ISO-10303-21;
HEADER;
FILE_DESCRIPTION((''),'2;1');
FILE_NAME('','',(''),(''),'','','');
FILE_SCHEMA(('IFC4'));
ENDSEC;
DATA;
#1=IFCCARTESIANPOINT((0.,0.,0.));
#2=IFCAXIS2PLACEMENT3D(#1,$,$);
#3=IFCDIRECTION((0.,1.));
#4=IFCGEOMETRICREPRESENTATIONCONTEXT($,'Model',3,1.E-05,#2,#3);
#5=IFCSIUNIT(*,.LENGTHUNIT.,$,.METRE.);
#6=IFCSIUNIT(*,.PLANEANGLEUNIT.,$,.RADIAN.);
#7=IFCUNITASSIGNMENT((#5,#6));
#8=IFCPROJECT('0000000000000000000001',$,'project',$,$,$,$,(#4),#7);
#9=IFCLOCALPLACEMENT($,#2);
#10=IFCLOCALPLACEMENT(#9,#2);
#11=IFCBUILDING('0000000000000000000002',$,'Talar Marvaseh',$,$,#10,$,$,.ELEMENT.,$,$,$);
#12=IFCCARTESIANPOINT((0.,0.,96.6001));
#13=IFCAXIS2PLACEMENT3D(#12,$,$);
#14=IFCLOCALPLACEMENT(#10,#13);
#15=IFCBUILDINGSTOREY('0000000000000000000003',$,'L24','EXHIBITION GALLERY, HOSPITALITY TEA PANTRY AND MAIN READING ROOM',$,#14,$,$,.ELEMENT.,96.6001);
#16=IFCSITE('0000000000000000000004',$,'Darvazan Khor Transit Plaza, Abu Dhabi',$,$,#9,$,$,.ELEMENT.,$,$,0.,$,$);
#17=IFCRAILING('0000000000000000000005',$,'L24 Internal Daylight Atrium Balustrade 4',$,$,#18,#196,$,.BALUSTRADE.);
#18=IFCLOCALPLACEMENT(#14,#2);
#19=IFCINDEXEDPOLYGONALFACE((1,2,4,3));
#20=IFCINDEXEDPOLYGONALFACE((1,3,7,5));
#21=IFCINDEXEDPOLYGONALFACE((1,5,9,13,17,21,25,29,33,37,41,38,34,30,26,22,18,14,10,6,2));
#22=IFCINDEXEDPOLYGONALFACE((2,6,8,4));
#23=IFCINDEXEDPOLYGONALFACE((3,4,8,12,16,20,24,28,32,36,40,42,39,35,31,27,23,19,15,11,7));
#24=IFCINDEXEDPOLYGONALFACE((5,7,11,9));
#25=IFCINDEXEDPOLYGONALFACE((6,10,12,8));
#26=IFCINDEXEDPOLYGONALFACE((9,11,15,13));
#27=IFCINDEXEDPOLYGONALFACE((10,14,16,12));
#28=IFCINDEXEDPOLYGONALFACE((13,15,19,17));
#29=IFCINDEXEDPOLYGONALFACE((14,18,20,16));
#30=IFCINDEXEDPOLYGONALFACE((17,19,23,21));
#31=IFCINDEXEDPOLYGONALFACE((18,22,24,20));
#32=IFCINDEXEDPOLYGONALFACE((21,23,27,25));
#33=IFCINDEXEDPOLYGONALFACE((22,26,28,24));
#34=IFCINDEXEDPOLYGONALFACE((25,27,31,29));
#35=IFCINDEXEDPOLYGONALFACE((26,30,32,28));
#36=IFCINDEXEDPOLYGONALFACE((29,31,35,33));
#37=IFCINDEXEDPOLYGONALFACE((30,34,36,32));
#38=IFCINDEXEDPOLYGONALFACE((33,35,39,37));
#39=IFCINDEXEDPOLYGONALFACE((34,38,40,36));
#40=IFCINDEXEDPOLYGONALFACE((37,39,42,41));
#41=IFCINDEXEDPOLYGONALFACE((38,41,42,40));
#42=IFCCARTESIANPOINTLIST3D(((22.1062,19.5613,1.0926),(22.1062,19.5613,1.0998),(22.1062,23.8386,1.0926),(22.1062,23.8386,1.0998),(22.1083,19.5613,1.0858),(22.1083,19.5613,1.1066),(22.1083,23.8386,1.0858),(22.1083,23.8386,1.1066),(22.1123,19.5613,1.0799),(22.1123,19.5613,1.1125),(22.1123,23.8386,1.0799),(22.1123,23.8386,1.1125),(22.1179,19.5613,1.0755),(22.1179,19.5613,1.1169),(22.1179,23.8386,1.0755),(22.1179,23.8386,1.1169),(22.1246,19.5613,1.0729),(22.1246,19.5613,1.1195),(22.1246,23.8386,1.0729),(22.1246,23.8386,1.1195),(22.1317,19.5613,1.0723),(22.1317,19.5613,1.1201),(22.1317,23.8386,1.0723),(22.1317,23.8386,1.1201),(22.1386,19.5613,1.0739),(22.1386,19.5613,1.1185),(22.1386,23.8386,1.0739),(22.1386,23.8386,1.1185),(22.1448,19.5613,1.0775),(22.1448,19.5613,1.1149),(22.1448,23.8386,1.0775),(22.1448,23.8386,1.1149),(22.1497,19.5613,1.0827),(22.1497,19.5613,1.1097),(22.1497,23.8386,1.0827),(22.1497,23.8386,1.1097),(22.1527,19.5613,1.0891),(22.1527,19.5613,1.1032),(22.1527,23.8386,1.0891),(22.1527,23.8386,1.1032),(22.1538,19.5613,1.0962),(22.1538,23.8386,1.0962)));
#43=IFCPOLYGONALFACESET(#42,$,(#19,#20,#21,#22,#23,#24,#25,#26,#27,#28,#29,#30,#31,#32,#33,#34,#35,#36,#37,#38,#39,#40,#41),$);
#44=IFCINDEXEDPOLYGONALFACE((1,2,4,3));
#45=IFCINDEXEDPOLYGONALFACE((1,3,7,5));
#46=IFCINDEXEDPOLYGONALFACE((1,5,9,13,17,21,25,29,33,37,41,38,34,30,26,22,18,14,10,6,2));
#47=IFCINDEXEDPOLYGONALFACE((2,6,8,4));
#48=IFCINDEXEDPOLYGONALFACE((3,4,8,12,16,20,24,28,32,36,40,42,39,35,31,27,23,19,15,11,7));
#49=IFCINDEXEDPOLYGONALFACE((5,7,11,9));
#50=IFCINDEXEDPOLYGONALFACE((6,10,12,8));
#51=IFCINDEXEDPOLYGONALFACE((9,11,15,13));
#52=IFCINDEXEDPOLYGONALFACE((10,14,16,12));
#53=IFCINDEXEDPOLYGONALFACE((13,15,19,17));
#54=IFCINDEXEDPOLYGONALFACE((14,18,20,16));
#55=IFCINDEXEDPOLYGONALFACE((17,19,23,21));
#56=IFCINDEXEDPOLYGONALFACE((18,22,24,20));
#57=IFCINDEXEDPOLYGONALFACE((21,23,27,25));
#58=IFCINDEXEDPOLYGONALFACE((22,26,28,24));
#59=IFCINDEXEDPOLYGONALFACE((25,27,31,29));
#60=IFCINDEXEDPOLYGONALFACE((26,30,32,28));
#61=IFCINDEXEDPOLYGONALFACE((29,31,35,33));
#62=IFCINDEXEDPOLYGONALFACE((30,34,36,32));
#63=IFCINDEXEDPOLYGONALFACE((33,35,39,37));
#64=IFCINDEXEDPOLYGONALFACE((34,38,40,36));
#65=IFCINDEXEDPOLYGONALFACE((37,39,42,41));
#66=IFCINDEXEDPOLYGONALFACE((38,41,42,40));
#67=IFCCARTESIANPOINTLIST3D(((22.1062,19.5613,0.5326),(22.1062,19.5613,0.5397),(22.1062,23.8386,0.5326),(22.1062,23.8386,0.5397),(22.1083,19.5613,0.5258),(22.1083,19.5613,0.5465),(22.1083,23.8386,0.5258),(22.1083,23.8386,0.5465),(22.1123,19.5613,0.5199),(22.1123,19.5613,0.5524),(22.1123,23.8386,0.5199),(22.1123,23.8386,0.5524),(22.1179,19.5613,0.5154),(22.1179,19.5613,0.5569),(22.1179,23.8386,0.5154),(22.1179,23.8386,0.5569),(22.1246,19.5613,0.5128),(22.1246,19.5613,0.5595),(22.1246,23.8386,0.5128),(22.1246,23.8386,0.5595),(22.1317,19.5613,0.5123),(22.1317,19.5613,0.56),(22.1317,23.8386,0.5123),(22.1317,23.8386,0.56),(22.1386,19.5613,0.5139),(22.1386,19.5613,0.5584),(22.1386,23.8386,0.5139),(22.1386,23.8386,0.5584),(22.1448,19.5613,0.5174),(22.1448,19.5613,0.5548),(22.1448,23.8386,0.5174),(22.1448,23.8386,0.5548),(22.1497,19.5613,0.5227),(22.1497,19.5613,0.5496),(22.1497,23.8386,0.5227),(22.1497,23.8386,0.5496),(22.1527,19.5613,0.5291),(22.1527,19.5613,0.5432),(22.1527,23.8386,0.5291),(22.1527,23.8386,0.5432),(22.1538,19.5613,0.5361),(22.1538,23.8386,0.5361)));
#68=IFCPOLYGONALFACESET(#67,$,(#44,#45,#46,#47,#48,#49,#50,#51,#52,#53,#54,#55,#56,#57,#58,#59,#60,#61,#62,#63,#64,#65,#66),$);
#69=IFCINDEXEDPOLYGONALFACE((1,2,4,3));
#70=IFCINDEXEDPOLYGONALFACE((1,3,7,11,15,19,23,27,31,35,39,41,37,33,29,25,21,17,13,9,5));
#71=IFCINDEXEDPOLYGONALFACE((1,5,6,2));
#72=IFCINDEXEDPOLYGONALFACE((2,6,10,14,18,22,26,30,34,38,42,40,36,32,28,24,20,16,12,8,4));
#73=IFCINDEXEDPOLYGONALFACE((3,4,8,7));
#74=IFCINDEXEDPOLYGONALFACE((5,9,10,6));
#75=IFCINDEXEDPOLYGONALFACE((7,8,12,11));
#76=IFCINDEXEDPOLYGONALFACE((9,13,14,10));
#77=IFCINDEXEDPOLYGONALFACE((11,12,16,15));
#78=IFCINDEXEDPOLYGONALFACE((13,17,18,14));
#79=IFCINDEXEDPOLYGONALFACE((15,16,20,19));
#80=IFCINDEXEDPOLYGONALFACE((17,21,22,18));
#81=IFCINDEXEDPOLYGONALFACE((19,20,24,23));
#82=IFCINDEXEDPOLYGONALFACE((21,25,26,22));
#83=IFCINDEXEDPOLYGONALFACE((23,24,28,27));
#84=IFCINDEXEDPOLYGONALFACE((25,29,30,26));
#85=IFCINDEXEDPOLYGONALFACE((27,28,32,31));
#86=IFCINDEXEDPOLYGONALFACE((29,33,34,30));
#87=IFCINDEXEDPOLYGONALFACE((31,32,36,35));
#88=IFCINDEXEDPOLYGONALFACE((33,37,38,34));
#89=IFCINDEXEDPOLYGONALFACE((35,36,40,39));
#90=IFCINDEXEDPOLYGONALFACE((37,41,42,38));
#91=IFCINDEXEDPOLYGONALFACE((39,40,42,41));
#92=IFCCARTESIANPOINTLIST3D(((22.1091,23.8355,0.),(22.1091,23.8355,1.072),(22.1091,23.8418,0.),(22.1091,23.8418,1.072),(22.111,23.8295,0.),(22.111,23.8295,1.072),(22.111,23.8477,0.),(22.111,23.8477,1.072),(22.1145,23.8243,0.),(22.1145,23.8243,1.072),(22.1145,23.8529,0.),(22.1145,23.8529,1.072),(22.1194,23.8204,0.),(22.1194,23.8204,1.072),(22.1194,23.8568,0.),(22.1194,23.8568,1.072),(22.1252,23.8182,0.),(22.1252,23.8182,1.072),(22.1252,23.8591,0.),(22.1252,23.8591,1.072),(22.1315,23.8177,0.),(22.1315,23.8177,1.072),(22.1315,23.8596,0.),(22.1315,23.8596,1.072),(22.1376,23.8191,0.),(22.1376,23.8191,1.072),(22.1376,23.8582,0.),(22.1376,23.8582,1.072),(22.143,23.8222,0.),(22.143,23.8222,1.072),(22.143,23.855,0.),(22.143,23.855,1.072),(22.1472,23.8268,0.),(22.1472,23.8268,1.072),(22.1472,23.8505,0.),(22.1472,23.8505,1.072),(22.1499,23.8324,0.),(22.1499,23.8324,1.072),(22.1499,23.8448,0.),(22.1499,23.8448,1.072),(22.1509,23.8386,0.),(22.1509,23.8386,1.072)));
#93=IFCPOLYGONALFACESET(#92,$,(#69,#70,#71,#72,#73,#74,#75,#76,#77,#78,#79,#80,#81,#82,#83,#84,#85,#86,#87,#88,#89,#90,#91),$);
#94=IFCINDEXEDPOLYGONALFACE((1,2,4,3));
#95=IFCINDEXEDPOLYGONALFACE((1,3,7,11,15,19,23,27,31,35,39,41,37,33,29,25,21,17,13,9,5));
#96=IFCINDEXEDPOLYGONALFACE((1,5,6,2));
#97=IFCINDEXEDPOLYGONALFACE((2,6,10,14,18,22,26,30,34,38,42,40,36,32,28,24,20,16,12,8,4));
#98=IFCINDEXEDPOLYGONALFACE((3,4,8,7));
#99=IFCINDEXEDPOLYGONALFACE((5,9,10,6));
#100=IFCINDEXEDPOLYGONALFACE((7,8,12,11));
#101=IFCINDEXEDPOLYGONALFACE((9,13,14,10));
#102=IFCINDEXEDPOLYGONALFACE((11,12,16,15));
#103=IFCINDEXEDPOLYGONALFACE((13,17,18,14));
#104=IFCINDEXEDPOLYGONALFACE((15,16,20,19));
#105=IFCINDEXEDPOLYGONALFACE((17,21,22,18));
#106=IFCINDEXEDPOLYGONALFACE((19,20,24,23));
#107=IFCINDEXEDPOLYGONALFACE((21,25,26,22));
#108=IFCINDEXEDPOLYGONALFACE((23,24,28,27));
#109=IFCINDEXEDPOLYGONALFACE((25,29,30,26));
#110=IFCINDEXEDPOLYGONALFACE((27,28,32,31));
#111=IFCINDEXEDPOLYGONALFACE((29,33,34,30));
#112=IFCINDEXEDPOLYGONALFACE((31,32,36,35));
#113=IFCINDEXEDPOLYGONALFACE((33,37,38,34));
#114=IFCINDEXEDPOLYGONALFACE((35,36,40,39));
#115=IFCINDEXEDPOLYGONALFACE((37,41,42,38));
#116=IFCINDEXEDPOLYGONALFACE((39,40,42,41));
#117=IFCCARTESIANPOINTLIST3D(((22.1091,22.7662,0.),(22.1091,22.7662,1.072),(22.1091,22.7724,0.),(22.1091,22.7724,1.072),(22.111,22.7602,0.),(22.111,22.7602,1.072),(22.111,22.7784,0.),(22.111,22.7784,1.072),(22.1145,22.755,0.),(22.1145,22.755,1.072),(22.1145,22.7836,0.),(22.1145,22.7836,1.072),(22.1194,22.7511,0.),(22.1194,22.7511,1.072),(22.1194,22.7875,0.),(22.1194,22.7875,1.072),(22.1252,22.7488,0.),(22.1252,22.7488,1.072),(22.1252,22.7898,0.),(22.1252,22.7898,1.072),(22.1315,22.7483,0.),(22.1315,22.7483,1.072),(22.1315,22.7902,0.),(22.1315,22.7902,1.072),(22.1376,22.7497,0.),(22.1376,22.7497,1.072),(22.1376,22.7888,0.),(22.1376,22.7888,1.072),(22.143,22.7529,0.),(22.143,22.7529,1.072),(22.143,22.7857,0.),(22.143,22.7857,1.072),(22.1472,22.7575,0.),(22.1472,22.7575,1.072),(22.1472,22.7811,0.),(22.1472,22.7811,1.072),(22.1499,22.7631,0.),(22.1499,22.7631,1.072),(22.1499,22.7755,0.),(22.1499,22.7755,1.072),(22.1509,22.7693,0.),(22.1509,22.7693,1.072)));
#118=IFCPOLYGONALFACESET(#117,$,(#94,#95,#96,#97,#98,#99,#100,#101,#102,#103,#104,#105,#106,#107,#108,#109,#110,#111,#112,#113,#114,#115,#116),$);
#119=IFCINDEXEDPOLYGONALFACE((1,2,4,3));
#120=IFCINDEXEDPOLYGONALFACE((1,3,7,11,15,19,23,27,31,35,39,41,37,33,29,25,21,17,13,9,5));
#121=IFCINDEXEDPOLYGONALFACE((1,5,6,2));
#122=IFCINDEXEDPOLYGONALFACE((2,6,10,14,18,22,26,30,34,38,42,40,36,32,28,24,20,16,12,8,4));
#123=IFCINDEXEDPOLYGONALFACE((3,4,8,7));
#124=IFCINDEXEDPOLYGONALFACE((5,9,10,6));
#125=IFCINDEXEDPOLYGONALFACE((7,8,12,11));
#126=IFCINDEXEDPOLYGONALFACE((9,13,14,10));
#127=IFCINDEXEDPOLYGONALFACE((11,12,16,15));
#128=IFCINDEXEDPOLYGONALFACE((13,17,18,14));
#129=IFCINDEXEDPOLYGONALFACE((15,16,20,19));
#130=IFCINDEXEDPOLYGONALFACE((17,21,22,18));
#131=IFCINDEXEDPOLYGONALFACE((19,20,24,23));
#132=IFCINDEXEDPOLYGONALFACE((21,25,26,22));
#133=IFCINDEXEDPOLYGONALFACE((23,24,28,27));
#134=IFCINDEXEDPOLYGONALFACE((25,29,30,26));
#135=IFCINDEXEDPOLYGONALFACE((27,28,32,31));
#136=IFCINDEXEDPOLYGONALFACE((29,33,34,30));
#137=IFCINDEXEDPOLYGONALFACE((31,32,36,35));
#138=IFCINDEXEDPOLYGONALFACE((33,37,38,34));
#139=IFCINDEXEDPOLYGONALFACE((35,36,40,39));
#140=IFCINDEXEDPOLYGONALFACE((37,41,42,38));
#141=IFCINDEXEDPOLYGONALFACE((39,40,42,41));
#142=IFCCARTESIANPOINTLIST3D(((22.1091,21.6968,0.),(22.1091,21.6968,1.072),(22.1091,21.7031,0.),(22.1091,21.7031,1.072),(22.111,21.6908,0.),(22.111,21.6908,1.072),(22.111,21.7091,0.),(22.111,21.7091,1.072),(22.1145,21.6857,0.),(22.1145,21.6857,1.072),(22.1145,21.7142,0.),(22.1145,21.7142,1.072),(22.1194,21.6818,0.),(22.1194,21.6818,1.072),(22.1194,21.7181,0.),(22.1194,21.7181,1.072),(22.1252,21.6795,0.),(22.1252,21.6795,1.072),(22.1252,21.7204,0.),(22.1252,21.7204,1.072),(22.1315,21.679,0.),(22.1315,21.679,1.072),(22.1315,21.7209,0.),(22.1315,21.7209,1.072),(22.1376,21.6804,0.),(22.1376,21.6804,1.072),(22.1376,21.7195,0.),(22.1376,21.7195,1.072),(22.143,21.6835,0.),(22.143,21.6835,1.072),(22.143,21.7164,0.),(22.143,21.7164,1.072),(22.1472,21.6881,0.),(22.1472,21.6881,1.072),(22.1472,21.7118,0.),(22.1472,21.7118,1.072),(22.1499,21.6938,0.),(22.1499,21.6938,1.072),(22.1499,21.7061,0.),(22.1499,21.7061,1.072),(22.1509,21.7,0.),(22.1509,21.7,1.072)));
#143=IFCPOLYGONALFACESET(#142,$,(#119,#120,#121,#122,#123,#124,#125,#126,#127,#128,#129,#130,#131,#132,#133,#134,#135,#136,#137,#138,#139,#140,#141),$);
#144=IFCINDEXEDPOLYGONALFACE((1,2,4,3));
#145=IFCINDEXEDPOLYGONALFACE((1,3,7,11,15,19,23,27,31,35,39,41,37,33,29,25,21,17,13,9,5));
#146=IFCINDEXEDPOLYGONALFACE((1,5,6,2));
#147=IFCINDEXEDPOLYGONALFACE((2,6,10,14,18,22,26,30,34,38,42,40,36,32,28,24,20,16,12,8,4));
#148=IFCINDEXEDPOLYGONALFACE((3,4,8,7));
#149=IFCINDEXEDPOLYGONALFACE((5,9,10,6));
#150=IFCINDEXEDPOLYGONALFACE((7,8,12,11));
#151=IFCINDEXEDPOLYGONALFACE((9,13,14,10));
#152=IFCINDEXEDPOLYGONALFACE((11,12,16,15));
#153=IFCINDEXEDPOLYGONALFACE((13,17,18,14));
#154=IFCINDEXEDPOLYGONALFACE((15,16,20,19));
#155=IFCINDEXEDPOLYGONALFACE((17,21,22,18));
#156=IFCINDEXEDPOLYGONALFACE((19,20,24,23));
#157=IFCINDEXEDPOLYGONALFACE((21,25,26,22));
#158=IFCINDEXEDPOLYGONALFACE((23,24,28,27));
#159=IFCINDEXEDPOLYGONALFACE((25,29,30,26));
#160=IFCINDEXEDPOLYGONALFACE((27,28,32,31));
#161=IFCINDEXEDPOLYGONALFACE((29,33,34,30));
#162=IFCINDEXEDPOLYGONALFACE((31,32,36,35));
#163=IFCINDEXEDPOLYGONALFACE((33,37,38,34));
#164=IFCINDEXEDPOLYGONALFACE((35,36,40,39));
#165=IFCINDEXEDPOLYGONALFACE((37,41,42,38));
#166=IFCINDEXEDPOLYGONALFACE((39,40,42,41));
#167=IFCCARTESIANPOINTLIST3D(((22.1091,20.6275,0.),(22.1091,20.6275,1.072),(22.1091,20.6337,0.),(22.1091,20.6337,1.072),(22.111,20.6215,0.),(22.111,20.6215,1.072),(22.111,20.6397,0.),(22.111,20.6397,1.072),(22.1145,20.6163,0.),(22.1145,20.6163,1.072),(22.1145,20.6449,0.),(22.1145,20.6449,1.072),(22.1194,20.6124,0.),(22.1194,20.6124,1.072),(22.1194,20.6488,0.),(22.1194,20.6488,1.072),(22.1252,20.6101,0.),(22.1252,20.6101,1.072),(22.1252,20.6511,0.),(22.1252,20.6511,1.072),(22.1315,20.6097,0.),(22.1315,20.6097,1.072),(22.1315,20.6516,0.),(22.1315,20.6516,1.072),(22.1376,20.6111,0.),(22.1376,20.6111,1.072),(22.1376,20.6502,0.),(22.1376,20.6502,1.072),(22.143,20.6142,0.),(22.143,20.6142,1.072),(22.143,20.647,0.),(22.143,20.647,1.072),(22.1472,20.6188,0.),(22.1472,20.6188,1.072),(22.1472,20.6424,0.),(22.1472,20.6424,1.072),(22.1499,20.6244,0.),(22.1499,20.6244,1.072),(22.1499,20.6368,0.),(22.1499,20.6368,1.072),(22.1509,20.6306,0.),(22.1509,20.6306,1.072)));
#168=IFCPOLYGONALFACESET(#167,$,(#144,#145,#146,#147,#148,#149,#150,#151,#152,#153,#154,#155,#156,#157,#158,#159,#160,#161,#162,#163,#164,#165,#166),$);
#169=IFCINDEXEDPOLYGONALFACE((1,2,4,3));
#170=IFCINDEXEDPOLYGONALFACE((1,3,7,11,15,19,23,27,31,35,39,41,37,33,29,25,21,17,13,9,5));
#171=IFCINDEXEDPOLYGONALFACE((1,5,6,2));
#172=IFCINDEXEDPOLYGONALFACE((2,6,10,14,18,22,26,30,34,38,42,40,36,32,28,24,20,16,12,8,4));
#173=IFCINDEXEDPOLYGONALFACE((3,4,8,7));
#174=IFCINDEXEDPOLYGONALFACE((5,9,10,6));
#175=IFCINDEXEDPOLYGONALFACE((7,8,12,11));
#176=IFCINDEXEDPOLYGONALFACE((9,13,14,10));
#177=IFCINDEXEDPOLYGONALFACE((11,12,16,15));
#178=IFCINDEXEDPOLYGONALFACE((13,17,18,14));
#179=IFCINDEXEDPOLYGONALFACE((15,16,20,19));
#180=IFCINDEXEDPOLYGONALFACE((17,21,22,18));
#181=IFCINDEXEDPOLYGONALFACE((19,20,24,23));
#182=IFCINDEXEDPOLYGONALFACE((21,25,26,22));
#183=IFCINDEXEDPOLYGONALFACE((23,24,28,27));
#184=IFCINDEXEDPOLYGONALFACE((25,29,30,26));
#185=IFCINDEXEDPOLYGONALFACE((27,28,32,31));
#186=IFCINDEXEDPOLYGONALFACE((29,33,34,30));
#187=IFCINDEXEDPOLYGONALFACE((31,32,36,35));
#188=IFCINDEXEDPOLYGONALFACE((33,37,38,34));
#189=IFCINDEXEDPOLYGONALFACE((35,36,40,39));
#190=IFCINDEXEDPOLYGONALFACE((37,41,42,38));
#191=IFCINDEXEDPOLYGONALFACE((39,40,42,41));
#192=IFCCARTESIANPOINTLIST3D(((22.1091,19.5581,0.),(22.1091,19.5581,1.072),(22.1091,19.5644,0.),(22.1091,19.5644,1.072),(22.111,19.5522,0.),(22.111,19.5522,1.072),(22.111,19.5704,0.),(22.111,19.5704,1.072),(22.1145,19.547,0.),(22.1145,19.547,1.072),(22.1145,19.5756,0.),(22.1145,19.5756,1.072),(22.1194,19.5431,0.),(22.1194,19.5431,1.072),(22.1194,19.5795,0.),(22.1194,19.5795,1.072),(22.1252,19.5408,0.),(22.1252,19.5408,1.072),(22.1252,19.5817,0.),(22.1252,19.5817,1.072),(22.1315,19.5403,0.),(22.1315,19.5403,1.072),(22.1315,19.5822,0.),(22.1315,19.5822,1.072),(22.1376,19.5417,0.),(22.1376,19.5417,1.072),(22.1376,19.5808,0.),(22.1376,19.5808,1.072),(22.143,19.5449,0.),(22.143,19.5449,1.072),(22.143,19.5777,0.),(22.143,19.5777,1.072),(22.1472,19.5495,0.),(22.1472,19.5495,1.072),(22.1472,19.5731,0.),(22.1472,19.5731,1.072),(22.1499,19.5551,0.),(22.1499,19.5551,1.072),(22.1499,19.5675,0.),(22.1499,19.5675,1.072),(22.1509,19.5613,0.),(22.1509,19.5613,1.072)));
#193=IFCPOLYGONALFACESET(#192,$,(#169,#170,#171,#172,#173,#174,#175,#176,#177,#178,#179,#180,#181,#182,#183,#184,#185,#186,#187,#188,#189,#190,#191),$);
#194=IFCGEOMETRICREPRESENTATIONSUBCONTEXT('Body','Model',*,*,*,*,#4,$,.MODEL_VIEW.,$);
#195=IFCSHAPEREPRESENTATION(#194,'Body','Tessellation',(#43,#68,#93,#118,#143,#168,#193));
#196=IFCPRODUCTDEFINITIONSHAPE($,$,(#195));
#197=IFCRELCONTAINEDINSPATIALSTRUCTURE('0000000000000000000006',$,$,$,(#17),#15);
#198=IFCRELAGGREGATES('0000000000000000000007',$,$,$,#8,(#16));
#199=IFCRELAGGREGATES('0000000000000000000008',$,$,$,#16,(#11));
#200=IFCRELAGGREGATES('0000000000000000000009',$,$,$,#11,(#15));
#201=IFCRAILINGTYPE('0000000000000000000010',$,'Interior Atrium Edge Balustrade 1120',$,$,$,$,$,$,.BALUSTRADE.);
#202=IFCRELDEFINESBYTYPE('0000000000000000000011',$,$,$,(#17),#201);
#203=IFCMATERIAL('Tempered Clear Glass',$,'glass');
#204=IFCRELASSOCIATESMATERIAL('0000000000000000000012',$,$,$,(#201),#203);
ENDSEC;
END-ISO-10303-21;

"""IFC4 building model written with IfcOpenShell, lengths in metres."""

from ifc_helpers import new_model, si_unit, direction, frame, origin, origin_2d, place, context, subcontext, project, spatial, circle, extrude, material, type_object, element, save


model = new_model("IFC4")

# Units and contexts
model_context = context("Model", 3, precision=1e-05, world=origin(), true_north=direction((0.0, 1.0)))
body_context = subcontext(model_context, "Body", "Model", "MODEL_VIEW")
ifc_project = project(units=[si_unit("LENGTHUNIT", "METRE"), si_unit("PLANEANGLEUNIT", "RADIAN")], contexts=[model_context])

# Site, building, storey
site_placement = place(None, origin())
site = spatial("IfcSite", under=ifc_project, at=site_placement, Name="Darvazan Khor Transit Plaza, Abu Dhabi", CompositionType="ELEMENT", RefElevation=0.0)
building_placement = place(site_placement, origin())
building = spatial("IfcBuilding", under=site, at=building_placement, Name="Talar Marvaseh", CompositionType="ELEMENT")
storey_placement = place(building_placement, frame((0.0, 0.0, 96.6001)))
storey = spatial("IfcBuildingStorey", under=building, at=storey_placement, Name="L24", Description="EXHIBITION GALLERY, HOSPITALITY TEA PANTRY AND MAIN READING ROOM", CompositionType="ELEMENT", Elevation=96.6001)

# Railing
ifc_material_1 = material(Name="Tempered Clear Glass", Category="glass")
railing_type_1 = type_object("IfcRailingType", Name="Interior Atrium Edge Balustrade 1120", PredefinedType="BALUSTRADE", material=ifc_material_1)
railing_1_placement = place(storey_placement, frame((22.1299, 23.8386, 0.0)))
element("IfcRailing", 1, at=railing_1_placement, inside=storey, type_object=railing_type_1, Name="L24 Internal Daylight Atrium Balustrade 4", PredefinedType="BALUSTRADE", context=body_context, shape_type="SweptSolid", body=[
    extrude(circle(Radius=0.0239, at=origin_2d()), frame((0.0, 0.0, 1.0962), z_axis=(0.0, -1.0, 0.0), x_axis=(1.0, 0.0, 0.0)), (0.0, 0.0, 1.0), 4.2773),
    extrude(circle(Radius=0.0239, at=origin_2d()), frame((0.0, 0.0, 0.5361), z_axis=(0.0, -1.0, 0.0), x_axis=(1.0, 0.0, 0.0)), (0.0, 0.0, 1.0), 4.2773),
    extrude(circle(Radius=0.021, at=origin_2d()), origin(), (0.0, 0.0, 1.0), 1.072),
    extrude(circle(Radius=0.021, at=origin_2d()), frame((0.0, -1.0693, 0.0)), (0.0, 0.0, 1.0), 1.072),
    extrude(circle(Radius=0.021, at=origin_2d()), frame((0.0, -2.1387, 0.0)), (0.0, 0.0, 1.0), 1.072),
    extrude(circle(Radius=0.021, at=origin_2d()), frame((0.0, -3.208, 0.0)), (0.0, 0.0, 1.0), 1.072),
    extrude(circle(Radius=0.021, at=origin_2d()), frame((0.0, -4.2773, 0.0)), (0.0, 0.0, 1.0), 1.072),
])

save(model, "model.ifc")
